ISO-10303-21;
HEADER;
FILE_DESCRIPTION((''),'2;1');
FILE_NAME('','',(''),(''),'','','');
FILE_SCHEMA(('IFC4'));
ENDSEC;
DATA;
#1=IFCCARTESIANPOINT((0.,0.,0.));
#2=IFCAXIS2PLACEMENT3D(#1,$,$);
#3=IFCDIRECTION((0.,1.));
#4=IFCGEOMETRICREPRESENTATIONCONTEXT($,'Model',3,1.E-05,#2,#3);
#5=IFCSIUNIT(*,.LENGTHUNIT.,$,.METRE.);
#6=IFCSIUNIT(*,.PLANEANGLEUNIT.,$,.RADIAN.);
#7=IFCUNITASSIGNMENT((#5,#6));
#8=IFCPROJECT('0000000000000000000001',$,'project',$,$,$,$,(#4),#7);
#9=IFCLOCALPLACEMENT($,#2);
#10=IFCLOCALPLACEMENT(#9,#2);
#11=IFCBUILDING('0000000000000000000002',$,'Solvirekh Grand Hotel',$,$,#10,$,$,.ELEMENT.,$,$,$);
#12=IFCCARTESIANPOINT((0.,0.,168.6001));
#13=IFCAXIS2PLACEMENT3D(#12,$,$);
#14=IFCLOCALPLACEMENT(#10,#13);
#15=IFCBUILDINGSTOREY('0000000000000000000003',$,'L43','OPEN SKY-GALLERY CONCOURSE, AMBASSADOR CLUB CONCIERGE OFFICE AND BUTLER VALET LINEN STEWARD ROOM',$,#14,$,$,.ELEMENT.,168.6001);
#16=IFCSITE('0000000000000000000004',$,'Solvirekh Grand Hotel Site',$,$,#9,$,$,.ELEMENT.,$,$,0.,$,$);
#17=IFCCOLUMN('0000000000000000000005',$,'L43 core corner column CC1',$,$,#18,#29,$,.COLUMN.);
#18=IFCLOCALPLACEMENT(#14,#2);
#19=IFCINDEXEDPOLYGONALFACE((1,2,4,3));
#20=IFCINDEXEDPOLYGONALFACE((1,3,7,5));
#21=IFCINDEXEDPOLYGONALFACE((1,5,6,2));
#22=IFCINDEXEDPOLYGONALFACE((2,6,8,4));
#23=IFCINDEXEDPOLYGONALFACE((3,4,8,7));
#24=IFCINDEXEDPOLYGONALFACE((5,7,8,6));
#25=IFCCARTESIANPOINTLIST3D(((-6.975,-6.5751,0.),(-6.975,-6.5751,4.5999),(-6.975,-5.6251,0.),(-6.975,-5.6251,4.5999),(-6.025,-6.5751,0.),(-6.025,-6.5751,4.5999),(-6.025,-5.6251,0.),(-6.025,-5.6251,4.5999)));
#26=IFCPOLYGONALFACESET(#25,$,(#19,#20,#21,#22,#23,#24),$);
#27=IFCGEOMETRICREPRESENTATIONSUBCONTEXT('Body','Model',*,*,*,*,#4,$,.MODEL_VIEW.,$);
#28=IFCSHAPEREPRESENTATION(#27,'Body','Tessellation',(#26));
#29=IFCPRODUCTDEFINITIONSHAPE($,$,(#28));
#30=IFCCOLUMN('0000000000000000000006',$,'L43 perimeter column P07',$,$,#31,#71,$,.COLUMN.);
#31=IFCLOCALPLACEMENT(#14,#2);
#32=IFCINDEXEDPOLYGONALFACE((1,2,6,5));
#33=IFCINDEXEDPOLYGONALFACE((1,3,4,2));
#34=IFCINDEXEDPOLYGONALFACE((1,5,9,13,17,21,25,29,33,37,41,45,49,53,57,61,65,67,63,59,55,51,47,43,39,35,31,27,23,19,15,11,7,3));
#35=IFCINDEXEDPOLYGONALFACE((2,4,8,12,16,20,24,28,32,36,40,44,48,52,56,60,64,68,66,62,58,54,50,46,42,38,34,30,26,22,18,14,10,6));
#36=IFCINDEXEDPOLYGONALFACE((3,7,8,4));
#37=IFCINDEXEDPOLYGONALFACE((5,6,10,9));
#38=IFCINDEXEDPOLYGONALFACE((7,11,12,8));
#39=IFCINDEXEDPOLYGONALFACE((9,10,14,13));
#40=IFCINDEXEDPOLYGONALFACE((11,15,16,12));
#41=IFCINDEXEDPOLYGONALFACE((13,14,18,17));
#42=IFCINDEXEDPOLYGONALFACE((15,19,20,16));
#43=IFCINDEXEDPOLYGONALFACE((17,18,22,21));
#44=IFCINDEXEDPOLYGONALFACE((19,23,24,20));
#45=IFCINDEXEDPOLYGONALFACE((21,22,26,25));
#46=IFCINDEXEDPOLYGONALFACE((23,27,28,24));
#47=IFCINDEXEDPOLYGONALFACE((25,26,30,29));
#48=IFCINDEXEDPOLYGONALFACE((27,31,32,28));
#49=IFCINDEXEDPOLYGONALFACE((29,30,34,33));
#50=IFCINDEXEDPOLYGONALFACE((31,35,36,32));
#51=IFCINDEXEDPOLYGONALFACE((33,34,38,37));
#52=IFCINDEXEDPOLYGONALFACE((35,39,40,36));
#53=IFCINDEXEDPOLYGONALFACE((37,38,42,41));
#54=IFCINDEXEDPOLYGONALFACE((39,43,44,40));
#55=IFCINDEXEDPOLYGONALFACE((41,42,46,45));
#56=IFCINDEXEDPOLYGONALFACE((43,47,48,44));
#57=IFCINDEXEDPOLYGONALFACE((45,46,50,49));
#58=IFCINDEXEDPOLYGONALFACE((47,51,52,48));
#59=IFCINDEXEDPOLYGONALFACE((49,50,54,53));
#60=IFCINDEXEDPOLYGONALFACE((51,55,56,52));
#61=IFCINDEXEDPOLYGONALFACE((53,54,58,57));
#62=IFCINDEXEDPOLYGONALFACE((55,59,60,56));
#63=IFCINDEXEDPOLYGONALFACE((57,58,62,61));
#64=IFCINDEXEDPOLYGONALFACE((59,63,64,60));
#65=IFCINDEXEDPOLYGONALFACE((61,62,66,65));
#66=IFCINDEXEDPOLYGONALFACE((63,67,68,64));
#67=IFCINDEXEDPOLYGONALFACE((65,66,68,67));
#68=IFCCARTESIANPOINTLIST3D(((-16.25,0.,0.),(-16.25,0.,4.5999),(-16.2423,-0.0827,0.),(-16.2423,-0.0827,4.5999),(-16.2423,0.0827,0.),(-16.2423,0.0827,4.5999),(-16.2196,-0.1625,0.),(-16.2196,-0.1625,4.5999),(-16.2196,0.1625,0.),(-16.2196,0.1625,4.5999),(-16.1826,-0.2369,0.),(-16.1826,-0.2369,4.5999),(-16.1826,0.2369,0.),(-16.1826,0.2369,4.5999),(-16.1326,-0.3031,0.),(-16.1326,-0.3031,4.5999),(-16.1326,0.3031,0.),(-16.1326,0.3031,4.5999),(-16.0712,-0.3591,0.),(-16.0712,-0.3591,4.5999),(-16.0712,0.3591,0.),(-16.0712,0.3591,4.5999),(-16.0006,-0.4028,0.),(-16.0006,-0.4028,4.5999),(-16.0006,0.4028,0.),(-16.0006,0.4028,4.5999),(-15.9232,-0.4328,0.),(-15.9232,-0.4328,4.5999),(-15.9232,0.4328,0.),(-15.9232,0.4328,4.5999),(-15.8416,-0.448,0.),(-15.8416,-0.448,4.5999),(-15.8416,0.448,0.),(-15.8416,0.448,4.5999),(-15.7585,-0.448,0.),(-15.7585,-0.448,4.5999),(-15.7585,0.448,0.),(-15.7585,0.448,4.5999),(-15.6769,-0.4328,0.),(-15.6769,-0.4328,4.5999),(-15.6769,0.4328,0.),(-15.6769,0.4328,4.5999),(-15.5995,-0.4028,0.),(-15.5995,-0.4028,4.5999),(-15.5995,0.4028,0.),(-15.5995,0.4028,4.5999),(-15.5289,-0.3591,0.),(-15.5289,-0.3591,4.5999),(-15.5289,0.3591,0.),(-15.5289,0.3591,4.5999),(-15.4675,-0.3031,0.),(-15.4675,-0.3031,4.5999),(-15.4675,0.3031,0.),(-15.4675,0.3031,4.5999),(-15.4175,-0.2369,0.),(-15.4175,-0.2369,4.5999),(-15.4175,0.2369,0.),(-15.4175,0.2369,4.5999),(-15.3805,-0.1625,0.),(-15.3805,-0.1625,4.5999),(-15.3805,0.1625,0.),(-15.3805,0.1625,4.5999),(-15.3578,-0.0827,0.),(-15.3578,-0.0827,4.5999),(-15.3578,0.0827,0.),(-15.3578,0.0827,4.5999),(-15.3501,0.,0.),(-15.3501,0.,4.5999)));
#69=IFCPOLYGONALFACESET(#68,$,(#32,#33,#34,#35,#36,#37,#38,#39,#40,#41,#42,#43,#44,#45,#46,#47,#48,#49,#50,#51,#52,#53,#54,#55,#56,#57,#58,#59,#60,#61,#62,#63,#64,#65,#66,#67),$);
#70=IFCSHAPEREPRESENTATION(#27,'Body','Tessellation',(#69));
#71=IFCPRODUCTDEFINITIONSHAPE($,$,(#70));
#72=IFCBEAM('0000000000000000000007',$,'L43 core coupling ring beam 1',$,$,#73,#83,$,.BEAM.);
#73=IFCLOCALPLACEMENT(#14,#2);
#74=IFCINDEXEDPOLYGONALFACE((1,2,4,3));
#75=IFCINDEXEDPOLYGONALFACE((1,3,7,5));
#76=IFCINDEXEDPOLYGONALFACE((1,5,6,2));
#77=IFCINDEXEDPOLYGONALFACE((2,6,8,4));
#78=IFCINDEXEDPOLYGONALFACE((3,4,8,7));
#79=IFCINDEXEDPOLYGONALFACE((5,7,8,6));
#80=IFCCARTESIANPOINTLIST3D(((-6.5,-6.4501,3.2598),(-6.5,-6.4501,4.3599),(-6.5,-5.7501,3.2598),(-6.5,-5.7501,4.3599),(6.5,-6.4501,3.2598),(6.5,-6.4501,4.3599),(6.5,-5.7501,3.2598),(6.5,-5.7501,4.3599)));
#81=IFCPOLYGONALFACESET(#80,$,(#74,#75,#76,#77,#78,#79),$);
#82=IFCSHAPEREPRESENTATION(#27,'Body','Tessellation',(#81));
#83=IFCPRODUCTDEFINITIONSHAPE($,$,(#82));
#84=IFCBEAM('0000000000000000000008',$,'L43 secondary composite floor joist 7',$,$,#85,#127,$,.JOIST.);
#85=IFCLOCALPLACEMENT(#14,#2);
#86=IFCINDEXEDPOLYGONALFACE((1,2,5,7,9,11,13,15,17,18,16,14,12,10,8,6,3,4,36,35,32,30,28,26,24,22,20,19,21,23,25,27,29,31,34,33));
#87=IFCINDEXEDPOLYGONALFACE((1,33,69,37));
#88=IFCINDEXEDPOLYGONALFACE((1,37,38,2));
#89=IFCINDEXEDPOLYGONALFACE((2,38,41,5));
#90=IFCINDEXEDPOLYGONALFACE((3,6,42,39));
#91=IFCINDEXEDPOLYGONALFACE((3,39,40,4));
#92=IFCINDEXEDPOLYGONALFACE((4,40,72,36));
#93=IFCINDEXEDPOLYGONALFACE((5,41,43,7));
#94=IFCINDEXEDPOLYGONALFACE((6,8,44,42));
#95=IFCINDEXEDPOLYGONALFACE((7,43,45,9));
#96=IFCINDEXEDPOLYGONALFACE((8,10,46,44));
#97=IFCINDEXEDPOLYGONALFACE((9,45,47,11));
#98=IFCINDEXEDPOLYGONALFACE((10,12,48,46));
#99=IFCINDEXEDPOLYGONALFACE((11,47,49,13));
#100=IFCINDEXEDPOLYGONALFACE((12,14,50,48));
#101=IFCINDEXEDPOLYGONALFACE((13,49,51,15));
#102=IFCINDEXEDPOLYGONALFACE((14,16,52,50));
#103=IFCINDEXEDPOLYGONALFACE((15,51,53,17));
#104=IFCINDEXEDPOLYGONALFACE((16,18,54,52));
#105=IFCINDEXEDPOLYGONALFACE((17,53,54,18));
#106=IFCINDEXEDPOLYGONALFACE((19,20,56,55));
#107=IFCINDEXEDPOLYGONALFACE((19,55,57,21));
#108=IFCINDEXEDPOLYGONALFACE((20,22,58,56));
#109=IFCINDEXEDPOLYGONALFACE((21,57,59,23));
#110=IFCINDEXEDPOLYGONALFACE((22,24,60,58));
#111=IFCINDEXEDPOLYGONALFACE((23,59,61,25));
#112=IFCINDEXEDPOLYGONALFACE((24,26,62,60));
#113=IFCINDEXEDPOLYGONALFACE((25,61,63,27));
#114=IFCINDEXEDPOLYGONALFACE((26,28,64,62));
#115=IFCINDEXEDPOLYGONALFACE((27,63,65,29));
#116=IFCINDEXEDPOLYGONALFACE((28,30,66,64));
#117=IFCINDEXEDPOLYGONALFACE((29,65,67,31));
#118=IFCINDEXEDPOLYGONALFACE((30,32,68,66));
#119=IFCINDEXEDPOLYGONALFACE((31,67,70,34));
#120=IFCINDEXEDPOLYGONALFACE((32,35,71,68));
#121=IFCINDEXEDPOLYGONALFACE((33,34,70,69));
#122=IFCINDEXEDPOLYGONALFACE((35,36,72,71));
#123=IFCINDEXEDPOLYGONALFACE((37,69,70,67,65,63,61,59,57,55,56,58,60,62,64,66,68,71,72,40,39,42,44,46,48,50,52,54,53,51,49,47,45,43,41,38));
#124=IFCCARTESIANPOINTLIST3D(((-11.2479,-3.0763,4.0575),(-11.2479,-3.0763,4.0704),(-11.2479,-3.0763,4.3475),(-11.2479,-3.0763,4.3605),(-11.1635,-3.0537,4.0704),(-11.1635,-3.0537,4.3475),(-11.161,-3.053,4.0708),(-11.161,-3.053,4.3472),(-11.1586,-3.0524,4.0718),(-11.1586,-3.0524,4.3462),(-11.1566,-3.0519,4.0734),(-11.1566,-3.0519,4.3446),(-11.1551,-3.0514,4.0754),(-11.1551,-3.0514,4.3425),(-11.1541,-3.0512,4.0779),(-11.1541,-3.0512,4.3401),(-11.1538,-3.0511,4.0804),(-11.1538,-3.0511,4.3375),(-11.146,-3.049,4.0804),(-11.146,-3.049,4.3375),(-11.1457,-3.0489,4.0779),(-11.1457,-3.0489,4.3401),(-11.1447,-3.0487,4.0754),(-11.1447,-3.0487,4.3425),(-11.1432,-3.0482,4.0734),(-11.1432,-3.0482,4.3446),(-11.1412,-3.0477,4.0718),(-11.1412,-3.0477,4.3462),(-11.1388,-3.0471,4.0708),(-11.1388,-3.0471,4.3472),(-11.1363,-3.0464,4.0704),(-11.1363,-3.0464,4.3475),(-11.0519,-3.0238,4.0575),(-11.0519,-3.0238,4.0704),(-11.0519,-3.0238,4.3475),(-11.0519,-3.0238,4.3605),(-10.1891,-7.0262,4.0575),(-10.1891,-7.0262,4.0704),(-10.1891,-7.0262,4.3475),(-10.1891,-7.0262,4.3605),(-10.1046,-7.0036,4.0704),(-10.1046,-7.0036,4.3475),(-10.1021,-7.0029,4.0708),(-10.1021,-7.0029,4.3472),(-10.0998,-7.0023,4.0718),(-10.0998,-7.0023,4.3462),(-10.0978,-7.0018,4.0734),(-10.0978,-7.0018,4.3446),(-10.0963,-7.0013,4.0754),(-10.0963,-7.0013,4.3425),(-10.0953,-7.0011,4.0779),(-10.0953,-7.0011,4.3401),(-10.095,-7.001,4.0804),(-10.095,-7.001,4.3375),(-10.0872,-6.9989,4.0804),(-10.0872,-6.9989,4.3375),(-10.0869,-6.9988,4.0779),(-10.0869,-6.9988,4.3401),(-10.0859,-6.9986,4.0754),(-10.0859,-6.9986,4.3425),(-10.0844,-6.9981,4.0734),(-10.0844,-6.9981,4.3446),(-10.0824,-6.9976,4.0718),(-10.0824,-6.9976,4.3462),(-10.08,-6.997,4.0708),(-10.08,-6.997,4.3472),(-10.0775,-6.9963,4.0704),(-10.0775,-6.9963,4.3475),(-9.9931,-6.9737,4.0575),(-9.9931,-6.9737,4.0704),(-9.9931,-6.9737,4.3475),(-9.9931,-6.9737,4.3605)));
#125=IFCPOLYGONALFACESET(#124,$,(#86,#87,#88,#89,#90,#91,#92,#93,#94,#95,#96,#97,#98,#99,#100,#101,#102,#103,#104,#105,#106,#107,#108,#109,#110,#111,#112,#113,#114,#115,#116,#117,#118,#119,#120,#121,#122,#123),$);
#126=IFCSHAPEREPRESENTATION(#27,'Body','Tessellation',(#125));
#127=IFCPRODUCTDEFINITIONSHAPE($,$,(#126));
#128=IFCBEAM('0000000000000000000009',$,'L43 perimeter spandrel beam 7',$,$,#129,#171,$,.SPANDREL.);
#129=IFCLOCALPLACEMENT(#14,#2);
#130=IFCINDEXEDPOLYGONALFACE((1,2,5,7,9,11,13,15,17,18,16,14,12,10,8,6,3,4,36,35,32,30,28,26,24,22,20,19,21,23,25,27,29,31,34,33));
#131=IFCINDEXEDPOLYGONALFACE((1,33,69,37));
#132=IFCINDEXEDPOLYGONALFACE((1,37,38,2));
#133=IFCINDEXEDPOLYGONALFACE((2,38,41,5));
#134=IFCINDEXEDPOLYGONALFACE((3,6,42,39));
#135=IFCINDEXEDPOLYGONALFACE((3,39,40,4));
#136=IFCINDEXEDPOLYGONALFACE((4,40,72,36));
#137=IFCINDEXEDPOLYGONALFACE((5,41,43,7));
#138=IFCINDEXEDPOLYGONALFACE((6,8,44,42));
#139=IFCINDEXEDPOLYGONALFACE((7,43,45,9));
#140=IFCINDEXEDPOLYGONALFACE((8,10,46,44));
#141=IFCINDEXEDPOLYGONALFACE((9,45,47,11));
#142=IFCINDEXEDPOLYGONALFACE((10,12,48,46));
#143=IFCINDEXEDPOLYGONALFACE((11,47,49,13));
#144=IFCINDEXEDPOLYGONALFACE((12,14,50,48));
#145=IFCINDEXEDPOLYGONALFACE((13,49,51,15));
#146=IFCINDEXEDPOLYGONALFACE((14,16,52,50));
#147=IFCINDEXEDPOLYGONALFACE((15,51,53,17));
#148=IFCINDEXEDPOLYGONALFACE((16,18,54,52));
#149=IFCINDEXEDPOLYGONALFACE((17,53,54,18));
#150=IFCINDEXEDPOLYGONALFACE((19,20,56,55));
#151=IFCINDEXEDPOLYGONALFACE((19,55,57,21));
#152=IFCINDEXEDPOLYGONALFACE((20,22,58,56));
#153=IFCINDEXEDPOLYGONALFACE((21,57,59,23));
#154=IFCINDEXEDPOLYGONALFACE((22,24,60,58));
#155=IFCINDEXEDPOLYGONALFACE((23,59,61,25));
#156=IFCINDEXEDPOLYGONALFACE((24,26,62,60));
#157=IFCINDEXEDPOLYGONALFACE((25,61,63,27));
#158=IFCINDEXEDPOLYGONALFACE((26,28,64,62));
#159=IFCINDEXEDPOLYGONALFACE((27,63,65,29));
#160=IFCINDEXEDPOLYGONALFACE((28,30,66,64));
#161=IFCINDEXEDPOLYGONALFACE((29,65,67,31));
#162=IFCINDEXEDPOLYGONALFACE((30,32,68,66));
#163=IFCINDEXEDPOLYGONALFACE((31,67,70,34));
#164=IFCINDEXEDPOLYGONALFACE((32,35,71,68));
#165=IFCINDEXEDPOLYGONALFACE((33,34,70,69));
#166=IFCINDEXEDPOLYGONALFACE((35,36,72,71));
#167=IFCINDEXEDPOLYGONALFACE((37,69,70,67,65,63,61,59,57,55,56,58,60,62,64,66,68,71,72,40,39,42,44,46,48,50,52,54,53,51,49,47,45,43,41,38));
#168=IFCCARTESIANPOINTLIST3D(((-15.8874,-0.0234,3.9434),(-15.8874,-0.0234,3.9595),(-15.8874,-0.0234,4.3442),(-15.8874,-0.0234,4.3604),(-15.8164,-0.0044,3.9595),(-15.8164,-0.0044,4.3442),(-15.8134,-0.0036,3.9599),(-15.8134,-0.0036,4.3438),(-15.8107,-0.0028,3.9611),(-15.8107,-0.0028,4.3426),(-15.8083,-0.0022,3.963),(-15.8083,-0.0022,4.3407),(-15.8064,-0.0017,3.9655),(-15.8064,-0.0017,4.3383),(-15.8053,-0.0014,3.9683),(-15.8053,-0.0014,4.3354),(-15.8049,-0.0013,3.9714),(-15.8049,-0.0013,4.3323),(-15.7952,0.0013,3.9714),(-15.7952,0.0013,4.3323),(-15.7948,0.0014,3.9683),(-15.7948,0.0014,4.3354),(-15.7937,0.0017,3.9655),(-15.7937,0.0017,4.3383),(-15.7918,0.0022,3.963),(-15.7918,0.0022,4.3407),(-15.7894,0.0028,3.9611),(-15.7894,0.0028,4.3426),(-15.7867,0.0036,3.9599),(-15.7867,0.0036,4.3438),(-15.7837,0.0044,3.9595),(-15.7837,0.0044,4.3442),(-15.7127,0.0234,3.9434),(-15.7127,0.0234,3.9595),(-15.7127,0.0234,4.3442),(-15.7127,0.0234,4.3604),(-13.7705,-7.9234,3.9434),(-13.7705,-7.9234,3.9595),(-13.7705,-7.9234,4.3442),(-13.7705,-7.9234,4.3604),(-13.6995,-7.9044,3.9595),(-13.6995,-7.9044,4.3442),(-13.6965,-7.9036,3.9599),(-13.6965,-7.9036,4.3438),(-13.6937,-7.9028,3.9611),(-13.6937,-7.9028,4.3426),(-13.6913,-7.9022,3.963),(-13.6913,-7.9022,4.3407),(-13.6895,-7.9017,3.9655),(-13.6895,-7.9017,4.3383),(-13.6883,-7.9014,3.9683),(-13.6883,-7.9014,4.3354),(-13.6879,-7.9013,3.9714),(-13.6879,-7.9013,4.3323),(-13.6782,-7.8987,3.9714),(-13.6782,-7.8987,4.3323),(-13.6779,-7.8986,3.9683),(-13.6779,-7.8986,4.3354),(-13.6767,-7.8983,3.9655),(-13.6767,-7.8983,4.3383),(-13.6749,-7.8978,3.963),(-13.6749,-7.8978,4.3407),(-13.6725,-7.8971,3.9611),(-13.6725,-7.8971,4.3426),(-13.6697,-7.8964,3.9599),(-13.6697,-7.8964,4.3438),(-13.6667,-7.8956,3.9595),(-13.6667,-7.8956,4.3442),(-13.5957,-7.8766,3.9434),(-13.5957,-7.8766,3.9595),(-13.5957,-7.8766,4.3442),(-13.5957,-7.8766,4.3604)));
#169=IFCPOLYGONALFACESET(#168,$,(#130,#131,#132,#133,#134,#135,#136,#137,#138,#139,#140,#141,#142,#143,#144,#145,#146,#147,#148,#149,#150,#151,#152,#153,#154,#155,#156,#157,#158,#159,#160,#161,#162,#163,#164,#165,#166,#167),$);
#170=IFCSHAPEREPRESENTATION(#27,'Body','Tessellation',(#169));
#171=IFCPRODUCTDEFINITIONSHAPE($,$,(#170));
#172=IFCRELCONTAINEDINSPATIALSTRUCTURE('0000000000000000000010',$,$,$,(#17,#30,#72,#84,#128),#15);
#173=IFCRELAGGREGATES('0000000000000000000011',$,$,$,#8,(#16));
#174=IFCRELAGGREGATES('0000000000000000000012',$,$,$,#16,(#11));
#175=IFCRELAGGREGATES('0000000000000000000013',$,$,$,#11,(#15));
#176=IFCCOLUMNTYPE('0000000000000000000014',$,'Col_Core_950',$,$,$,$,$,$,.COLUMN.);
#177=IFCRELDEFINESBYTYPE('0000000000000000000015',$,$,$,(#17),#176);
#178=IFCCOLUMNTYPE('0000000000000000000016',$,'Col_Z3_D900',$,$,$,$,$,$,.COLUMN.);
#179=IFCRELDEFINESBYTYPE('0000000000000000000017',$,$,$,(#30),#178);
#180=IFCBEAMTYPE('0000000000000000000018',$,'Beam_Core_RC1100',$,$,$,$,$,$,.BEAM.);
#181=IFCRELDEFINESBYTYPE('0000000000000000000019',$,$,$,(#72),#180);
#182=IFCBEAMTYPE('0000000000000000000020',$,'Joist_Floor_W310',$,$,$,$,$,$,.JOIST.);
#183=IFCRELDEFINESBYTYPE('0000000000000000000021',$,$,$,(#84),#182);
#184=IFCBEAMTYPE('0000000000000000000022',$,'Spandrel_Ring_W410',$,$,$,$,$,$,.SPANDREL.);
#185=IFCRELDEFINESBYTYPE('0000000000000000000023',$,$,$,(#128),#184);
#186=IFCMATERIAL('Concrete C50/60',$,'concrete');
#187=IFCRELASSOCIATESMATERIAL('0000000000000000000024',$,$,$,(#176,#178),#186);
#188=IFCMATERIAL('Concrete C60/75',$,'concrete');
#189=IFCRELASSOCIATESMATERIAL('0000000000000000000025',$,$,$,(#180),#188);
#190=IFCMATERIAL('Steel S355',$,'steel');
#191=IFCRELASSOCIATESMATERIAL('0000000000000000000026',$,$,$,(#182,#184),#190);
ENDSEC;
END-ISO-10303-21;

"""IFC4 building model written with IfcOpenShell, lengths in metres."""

from ifc_helpers import new_model, si_unit, direction, frame, origin, origin_2d, place, context, subcontext, project, spatial, rectangle, circle, i_section, extrude, material, material_profile, profile_set, type_object, element, save


model = new_model("IFC4")

# Units and contexts
model_context = context("Model", 3, precision=1e-05, world=origin(), true_north=direction((0.0, 1.0)))
body_context = subcontext(model_context, "Body", "Model", "MODEL_VIEW")
ifc_project = project(units=[si_unit("LENGTHUNIT", "METRE"), si_unit("PLANEANGLEUNIT", "RADIAN")], contexts=[model_context])

# Site, building, storey
site_placement = place(None, origin())
site = spatial("IfcSite", under=ifc_project, at=site_placement, Name="Solvirekh Grand Hotel Site", CompositionType="ELEMENT", RefElevation=0.0)
building_placement = place(site_placement, origin())
building = spatial("IfcBuilding", under=site, at=building_placement, Name="Solvirekh Grand Hotel", CompositionType="ELEMENT")
storey_placement = place(building_placement, frame((0.0, 0.0, 168.6001)))
storey = spatial("IfcBuildingStorey", under=building, at=storey_placement, Name="L43", Description="OPEN SKY-GALLERY CONCOURSE, AMBASSADOR CLUB CONCIERGE OFFICE AND BUTLER VALET LINEN STEWARD ROOM", CompositionType="ELEMENT", Elevation=168.6001)

# Columns
ifc_material_1 = material(Name="Concrete C50/60", Category="concrete")
ifc_material_profile_1 = material_profile(ifc_material_1, rectangle(XDim=0.95, YDim=0.95, at=origin_2d()), Name="RC 950X950")
ifc_profile_set_1 = profile_set([ifc_material_profile_1], Name="Concrete C50/60")
column_type_1 = type_object("IfcColumnType", Name="Col_Core_950", PredefinedType="COLUMN", material=ifc_profile_set_1)
column_1_placement = place(storey_placement, frame((-6.5, -6.1001, 0.0), z_axis=(0.0, 0.0, 1.0), x_axis=(1.0, 0.0, 0.0)))
element("IfcColumn", 1, at=column_1_placement, inside=storey, type_object=column_type_1, Name="L43 core corner column CC1", PredefinedType="COLUMN", context=body_context, shape_type="SweptSolid", body=[
    extrude(rectangle(XDim=0.95, YDim=0.95, at=origin_2d()), origin(), (0.0, 0.0, 1.0), 4.5999),
])
ifc_material_profile_2 = material_profile(ifc_material_1, circle(Radius=0.45, at=origin_2d()), Name="RC CIRC D900")
ifc_profile_set_2 = profile_set([ifc_material_profile_2], Name="Concrete C50/60")
column_type_2 = type_object("IfcColumnType", Name="Col_Z3_D900", PredefinedType="COLUMN", material=ifc_profile_set_2)
column_2_placement = place(storey_placement, frame((-15.8, 0.0, 0.0), z_axis=(0.0, 0.0, 1.0), x_axis=(1.0, 0.0, 0.0)))
element("IfcColumn", 2, at=column_2_placement, inside=storey, type_object=column_type_2, Name="L43 perimeter column P07", PredefinedType="COLUMN", context=body_context, shape_type="SweptSolid", body=[
    extrude(circle(Radius=0.45, at=origin_2d()), origin(), (0.0, 0.0, 1.0), 4.5999),
])

# Beams
ifc_material_2 = material(Name="Concrete C60/75", Category="concrete")
ifc_material_profile_3 = material_profile(ifc_material_2, rectangle(XDim=0.7, YDim=1.1001, at=origin_2d()), Name="RC BEAM 700X1100")
ifc_profile_set_3 = profile_set([ifc_material_profile_3], Name="Concrete C60/75")
beam_type_1 = type_object("IfcBeamType", Name="Beam_Core_RC1100", PredefinedType="BEAM", material=ifc_profile_set_3)
beam_1_placement = place(storey_placement, frame((-6.5, -6.1001, 3.8098), z_axis=(1.0, 0.0, 0.0), x_axis=(0.0, 1.0, 0.0)))
element("IfcBeam", 3, at=beam_1_placement, inside=storey, type_object=beam_type_1, Name="L43 core coupling ring beam 1", PredefinedType="BEAM", context=body_context, shape_type="SweptSolid", body=[
    extrude(rectangle(XDim=0.7, YDim=1.1001, at=origin_2d()), origin(), (0.0, 0.0, 1.0), 13.0),
])
ifc_material_3 = material(Name="Steel S355", Category="steel")
ifc_material_profile_4 = material_profile(ifc_material_3, i_section(OverallWidth=0.2029, OverallDepth=0.303, WebThickness=0.0081, FlangeThickness=0.0129, FilletRadius=0.01, at=origin_2d()), Name="W310X60")
ifc_profile_set_4 = profile_set([ifc_material_profile_4], Name="Steel S355")
beam_type_2 = type_object("IfcBeamType", Name="Joist_Floor_W310", PredefinedType="JOIST", material=ifc_profile_set_4)
beam_2_placement = place(storey_placement, frame((-11.1499, -3.05, 4.209), z_axis=(0.258922, -0.965898, 0.0), x_axis=(0.965898, 0.258922, 0.0)))
element("IfcBeam", 4, at=beam_2_placement, inside=storey, type_object=beam_type_2, Name="L43 secondary composite floor joist 7", PredefinedType="JOIST", context=body_context, shape_type="SweptSolid", body=[
    extrude(i_section(OverallWidth=0.2029, OverallDepth=0.303, WebThickness=0.0081, FlangeThickness=0.0129, FilletRadius=0.01, at=origin_2d()), origin(), (0.0, 0.0, 1.0), 4.0894),
])
ifc_material_profile_5 = material_profile(ifc_material_3, i_section(OverallWidth=0.1809, OverallDepth=0.417, WebThickness=0.01, FlangeThickness=0.0161, FilletRadius=0.012, at=origin_2d()), Name="W410X85")
ifc_profile_set_5 = profile_set([ifc_material_profile_5], Name="Steel S355")
beam_type_3 = type_object("IfcBeamType", Name="Spandrel_Ring_W410", PredefinedType="SPANDREL", material=ifc_profile_set_5)
beam_3_placement = place(storey_placement, frame((-15.8, 0.0, 4.1519), z_axis=(0.258839, -0.965921, 0.0), x_axis=(0.965921, 0.258839, 0.0)))
element("IfcBeam", 5, at=beam_3_placement, inside=storey, type_object=beam_type_3, Name="L43 perimeter spandrel beam 7", PredefinedType="SPANDREL", context=body_context, shape_type="SweptSolid", body=[
    extrude(i_section(OverallWidth=0.1809, OverallDepth=0.417, WebThickness=0.01, FlangeThickness=0.0161, FilletRadius=0.012, at=origin_2d()), origin(), (0.0, 0.0, 1.0), 8.1787),
])

save(model, "model.ifc")
